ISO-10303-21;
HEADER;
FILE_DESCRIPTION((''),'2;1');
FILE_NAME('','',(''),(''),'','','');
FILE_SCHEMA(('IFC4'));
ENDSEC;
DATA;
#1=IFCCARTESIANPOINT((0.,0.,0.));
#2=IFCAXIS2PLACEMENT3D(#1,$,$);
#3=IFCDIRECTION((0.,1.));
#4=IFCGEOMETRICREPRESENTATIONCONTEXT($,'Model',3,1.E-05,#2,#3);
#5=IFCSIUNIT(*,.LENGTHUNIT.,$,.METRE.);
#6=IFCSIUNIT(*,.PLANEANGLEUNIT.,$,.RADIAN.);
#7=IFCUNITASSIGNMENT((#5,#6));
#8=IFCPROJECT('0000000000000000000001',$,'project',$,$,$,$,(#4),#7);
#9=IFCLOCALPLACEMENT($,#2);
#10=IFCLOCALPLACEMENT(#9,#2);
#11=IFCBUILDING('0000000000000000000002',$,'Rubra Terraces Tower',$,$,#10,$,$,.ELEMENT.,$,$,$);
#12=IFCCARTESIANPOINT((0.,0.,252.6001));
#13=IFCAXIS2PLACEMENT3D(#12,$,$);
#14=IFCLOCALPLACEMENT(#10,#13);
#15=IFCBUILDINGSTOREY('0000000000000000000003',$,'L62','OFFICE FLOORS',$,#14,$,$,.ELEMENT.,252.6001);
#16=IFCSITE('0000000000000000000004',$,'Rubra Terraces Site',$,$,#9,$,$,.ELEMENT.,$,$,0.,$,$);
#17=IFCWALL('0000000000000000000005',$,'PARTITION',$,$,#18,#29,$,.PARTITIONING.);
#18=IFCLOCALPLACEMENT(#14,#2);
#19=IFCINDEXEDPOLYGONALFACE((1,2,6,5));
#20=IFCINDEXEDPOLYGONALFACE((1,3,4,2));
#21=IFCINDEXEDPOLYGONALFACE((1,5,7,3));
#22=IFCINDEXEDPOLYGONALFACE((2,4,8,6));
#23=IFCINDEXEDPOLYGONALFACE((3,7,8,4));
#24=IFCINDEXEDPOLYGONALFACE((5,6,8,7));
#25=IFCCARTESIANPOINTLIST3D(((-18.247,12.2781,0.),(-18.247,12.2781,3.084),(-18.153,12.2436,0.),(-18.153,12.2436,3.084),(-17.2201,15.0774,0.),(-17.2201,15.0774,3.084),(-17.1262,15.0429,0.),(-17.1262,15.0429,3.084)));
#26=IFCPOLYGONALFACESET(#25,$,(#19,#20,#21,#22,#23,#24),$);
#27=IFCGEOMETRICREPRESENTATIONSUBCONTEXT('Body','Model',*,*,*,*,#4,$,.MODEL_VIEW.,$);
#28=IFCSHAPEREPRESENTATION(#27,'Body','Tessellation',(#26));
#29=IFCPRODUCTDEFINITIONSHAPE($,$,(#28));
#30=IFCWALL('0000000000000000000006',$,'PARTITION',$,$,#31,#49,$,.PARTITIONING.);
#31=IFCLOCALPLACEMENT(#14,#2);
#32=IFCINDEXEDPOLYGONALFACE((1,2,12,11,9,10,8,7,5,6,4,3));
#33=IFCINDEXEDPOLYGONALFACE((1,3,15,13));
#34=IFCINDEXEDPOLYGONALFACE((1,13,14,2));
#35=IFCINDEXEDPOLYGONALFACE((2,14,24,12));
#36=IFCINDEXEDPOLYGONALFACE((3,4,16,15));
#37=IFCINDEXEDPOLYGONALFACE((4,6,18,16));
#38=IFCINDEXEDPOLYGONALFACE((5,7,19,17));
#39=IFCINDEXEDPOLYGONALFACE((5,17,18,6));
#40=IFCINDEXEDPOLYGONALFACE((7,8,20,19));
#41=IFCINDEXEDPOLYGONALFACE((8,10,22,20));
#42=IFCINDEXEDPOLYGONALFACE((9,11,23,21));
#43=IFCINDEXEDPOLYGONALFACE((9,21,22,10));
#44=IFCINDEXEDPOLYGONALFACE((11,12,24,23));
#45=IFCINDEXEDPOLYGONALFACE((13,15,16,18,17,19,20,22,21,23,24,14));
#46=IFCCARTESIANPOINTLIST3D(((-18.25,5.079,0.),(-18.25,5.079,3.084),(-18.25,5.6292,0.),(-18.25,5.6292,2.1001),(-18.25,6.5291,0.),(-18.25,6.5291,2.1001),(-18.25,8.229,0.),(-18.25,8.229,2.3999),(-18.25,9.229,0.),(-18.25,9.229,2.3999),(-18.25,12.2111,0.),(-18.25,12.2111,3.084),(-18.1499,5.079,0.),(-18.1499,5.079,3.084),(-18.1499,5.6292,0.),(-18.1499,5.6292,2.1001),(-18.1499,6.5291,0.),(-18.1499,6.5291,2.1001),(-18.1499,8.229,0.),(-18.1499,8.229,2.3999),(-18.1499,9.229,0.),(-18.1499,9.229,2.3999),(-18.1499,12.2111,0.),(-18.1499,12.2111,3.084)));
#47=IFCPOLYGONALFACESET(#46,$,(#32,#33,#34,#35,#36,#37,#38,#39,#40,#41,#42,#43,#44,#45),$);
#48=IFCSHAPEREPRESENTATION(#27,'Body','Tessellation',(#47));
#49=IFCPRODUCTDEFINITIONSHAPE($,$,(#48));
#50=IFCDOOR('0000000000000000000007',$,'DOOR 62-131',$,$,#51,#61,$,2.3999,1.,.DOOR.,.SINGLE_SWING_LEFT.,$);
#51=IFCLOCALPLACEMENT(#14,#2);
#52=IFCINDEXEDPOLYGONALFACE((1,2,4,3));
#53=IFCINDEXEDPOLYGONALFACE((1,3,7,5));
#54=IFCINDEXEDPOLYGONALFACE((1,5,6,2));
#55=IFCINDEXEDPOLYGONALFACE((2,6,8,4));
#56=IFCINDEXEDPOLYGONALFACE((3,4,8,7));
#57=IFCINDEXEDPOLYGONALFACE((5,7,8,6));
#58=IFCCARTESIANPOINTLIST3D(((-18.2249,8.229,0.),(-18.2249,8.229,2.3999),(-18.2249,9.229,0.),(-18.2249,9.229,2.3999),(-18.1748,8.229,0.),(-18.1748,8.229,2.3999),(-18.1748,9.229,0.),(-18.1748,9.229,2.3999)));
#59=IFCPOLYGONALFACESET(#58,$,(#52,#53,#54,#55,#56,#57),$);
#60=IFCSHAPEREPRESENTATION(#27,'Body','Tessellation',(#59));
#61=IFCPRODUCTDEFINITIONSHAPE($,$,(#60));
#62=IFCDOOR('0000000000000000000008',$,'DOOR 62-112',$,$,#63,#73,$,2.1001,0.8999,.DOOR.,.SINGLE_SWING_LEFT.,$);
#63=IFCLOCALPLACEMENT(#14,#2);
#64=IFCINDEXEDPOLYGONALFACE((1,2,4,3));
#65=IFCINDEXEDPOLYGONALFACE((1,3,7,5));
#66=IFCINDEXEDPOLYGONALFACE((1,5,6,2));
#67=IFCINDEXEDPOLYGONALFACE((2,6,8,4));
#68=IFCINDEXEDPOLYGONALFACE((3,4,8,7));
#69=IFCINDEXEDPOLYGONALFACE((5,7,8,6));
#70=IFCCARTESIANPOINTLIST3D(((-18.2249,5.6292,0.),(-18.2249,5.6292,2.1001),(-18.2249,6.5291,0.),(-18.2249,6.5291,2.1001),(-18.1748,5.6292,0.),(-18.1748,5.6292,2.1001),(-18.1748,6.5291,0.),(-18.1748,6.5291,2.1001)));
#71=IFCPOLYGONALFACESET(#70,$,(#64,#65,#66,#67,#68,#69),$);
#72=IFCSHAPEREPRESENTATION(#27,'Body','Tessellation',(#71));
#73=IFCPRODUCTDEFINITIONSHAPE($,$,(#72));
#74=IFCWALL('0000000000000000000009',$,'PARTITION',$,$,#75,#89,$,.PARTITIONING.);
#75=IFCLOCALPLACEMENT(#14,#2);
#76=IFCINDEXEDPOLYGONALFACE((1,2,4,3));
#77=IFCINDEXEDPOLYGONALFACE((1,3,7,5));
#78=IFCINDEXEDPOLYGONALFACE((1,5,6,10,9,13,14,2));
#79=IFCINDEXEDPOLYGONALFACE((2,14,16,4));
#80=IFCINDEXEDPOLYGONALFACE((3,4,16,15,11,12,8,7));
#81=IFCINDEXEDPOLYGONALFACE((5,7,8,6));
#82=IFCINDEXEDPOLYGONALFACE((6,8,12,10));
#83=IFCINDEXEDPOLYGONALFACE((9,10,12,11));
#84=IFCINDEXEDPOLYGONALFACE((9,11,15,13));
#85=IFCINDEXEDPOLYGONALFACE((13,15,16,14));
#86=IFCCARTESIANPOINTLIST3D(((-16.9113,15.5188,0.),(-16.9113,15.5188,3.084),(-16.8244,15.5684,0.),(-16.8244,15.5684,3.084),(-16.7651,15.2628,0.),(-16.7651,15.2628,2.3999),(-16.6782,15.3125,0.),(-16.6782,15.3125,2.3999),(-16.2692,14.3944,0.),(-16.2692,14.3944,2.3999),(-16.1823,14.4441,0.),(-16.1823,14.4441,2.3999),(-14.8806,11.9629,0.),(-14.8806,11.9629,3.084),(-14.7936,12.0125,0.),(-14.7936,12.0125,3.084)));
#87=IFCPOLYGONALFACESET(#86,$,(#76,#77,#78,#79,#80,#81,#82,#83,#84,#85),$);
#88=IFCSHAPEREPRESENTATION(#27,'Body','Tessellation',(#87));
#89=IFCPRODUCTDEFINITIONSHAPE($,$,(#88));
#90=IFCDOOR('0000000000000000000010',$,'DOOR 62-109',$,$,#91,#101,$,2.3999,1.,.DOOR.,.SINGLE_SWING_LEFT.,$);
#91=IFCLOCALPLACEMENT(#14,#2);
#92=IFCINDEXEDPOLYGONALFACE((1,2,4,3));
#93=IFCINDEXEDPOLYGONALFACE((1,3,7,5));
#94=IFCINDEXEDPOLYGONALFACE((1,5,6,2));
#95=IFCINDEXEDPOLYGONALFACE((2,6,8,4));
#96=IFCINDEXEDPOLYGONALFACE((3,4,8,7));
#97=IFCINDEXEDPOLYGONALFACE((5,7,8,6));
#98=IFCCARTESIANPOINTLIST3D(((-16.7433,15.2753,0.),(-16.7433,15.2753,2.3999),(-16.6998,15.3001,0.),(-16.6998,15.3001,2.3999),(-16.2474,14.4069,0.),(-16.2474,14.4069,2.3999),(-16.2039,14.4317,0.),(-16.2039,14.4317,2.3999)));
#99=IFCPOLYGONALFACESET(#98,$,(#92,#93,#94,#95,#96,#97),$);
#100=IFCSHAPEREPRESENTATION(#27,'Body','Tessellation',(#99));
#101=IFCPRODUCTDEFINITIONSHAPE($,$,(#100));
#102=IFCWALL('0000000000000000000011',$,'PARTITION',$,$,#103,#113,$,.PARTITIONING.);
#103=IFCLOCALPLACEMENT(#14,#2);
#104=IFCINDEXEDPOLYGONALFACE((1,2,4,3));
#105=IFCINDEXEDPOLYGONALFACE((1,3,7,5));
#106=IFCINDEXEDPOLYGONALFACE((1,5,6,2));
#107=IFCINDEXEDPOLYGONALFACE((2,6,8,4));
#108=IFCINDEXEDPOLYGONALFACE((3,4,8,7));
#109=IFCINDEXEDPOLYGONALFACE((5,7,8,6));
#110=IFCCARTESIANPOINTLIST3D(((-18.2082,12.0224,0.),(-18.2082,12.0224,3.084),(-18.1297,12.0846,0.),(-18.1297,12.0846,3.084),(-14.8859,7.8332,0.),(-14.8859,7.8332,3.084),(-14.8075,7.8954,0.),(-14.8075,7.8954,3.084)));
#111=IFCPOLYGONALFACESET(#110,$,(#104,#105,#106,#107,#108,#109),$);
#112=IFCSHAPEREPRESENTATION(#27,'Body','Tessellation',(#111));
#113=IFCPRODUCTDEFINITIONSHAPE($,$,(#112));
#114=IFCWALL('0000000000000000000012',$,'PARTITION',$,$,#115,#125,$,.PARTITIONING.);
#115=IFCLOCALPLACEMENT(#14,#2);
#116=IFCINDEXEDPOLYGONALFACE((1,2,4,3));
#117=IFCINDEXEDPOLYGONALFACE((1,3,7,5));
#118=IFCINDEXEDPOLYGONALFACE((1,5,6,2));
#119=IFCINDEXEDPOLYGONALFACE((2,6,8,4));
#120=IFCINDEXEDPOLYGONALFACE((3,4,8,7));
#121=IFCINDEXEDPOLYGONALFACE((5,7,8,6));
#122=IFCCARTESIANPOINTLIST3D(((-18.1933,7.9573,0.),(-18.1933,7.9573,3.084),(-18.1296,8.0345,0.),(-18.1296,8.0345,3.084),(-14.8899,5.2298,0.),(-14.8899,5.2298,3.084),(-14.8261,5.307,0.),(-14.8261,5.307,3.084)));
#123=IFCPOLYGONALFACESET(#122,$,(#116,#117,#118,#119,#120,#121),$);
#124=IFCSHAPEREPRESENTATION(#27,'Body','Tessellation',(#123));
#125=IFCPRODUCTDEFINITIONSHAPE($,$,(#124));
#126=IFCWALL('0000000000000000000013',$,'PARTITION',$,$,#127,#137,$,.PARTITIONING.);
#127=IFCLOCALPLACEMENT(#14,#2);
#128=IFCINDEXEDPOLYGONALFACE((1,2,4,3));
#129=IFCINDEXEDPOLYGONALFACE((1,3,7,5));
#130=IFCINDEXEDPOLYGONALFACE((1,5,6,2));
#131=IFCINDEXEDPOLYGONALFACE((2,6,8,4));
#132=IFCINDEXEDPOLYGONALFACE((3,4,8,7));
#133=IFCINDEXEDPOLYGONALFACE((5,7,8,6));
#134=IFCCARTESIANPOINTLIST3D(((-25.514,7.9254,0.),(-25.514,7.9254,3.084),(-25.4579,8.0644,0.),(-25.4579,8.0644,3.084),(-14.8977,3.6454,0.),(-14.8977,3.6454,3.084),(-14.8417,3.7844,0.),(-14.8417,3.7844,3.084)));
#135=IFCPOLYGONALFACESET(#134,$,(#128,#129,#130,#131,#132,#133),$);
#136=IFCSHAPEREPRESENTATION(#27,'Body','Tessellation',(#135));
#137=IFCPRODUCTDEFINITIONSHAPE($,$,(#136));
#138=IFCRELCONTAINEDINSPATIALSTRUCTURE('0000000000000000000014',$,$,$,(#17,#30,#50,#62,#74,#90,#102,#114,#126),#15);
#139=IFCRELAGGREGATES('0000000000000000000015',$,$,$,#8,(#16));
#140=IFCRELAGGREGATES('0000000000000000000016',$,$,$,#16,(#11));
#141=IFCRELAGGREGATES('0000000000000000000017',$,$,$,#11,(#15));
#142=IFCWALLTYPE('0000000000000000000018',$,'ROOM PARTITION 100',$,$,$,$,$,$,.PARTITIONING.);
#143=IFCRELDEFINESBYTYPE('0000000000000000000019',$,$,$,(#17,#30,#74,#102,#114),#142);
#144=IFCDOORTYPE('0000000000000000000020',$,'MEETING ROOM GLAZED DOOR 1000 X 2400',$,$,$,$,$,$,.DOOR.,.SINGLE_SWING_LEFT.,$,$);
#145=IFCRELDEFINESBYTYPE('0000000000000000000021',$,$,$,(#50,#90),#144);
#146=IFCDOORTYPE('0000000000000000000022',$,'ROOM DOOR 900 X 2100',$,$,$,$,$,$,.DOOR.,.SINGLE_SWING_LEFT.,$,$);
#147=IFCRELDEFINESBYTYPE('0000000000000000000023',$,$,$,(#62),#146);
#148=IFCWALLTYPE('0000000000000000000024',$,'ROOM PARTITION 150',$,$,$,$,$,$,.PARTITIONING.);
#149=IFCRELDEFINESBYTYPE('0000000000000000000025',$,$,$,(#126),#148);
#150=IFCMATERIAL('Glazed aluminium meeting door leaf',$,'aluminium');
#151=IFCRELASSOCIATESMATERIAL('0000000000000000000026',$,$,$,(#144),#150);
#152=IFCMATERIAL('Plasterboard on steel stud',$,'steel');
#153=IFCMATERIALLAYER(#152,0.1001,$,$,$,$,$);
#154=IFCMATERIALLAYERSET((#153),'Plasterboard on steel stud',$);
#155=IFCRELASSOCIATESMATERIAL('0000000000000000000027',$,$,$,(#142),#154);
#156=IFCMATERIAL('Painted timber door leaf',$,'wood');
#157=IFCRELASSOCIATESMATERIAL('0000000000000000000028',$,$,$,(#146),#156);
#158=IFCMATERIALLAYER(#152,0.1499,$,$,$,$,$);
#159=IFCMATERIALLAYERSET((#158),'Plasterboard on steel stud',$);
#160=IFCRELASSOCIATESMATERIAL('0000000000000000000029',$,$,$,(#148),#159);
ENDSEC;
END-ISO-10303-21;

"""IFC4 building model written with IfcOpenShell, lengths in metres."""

from ifc_helpers import new_model, si_unit, direction, frame, frame_2d, origin, place, context, subcontext, project, spatial, rectangle, extrude, material, layer, layer_set, type_object, element, fill, save


model = new_model("IFC4")

# Units and contexts
model_context = context("Model", 3, precision=1e-05, world=origin(), true_north=direction((0.0, 1.0)))
body_context = subcontext(model_context, "Body", "Model", "MODEL_VIEW")
ifc_project = project(units=[si_unit("LENGTHUNIT", "METRE"), si_unit("PLANEANGLEUNIT", "RADIAN")], contexts=[model_context])

# Site, building, storey
site_placement = place(None, origin())
site = spatial("IfcSite", under=ifc_project, at=site_placement, Name="Rubra Terraces Site", CompositionType="ELEMENT", RefElevation=0.0)
building_placement = place(site_placement, origin())
building = spatial("IfcBuilding", under=site, at=building_placement, Name="Rubra Terraces Tower", CompositionType="ELEMENT")
storey_placement = place(building_placement, frame((0.0, 0.0, 252.6001)))
storey = spatial("IfcBuildingStorey", under=building, at=storey_placement, Name="L62", Description="OFFICE FLOORS", CompositionType="ELEMENT", Elevation=252.6001)

# Shared definitions
ifc_material_1 = material(Name="Glazed aluminium meeting door leaf", Category="aluminium")
door_type_1 = type_object("IfcDoorType", Name="MEETING ROOM GLAZED DOOR 1000 X 2400", OperationType="SINGLE_SWING_LEFT", PredefinedType="DOOR", material=ifc_material_1)
ifc_material_2 = material(Name="Painted timber door leaf", Category="wood")

# Wall
ifc_material_3 = material(Name="Plasterboard on steel stud", Category="steel")
ifc_layer_1 = layer(ifc_material_3, 0.1001)
ifc_layer_set_1 = layer_set([ifc_layer_1], Name="Plasterboard on steel stud")
wall_type_1 = type_object("IfcWallType", Name="ROOM PARTITION 100", PredefinedType="PARTITIONING", material=ifc_layer_set_1)
wall_1_placement = place(storey_placement, frame((-18.2, 12.261, 0.0), z_axis=(0.0, 0.0, 1.0), x_axis=(0.344385, 0.938829, 0.0)))
element("IfcWall", 1, at=wall_1_placement, inside=storey, type_object=wall_type_1, Name="PARTITION", PredefinedType="PARTITIONING", context=body_context, shape_type="SweptSolid", body=[
    extrude(rectangle(XDim=2.9817, YDim=0.1001, at=frame_2d((1.4907, 0.0))), origin(), (0.0, 0.0, 1.0), 3.084),
])

# Wall, openings, doors
wall_2_placement = place(storey_placement, frame((-18.2, 5.0791, 0.0), z_axis=(0.0, 0.0, 1.0), x_axis=(0.0, 1.0, 0.0)))
wall_2 = element("IfcWall", 2, at=wall_2_placement, inside=storey, type_object=wall_type_1, Name="PARTITION", PredefinedType="PARTITIONING", context=body_context, shape_type="SweptSolid", body=[
    extrude(rectangle(XDim=7.1321, YDim=0.1001, at=frame_2d((3.5659, 0.0))), origin(), (0.0, 0.0, 1.0), 3.084),
])
opening_1_placement = place(wall_2_placement, frame((0.55, 0.0, 0.0)))
opening_1 = element("IfcOpeningElement", 3, at=opening_1_placement, cuts=wall_2, PredefinedType="OPENING", context=body_context, shape_type="SweptSolid", body=[
    extrude(rectangle(XDim=0.8999, YDim=2.1001, at=frame_2d((0.45, 1.05))), frame((0.0, 0.0601, 0.0), z_axis=(0.0, -1.0, 0.0), x_axis=(1.0, 0.0, 0.0)), (0.0, 0.0, 1.0), 0.1201),
])
opening_2_placement = place(wall_2_placement, frame((3.1499, 0.0, 0.0)))
opening_2 = element("IfcOpeningElement", 4, at=opening_2_placement, cuts=wall_2, PredefinedType="OPENING", context=body_context, shape_type="SweptSolid", body=[
    extrude(rectangle(XDim=1.0, YDim=2.3999, at=frame_2d((0.5, 1.2))), frame((0.0, 0.0601, 0.0), z_axis=(0.0, -1.0, 0.0), x_axis=(1.0, 0.0, 0.0)), (0.0, 0.0, 1.0), 0.1201),
])
door_1_placement = place(opening_2_placement, origin())
door_1 = element("IfcDoor", 5, at=door_1_placement, inside=storey, type_object=door_type_1, Name="DOOR 62-131", OperationType="SINGLE_SWING_LEFT", OverallHeight=2.3999, OverallWidth=1.0, PredefinedType="DOOR", context=body_context, shape_type="SweptSolid", body=[
    extrude(rectangle(XDim=1.0, YDim=2.3999, at=frame_2d((0.5, 1.2))), frame((0.0, 0.0249, 0.0), z_axis=(0.0, -1.0, 0.0), x_axis=(1.0, 0.0, 0.0)), (0.0, 0.0, 1.0), 0.05),
])
fill(opening_2, door_1)
door_type_2 = type_object("IfcDoorType", Name="ROOM DOOR 900 X 2100", OperationType="SINGLE_SWING_LEFT", PredefinedType="DOOR", material=ifc_material_2)
door_2_placement = place(opening_1_placement, origin())
door_2 = element("IfcDoor", 6, at=door_2_placement, inside=storey, type_object=door_type_2, Name="DOOR 62-112", OperationType="SINGLE_SWING_LEFT", OverallHeight=2.1001, OverallWidth=0.8999, PredefinedType="DOOR", context=body_context, shape_type="SweptSolid", body=[
    extrude(rectangle(XDim=0.8999, YDim=2.1001, at=frame_2d((0.45, 1.05))), frame((0.0, 0.0249, 0.0), z_axis=(0.0, -1.0, 0.0), x_axis=(1.0, 0.0, 0.0)), (0.0, 0.0, 1.0), 0.05),
])
fill(opening_1, door_2)

# Wall, opening, door
wall_3_placement = place(storey_placement, frame((-14.8372, 11.9878, 0.0), z_axis=(0.0, 0.0, 1.0), x_axis=(-0.495921, 0.868368, 0.0)))
wall_3 = element("IfcWall", 7, at=wall_3_placement, inside=storey, type_object=wall_type_1, Name="PARTITION", PredefinedType="PARTITIONING", context=body_context, shape_type="SweptSolid", body=[
    extrude(rectangle(XDim=4.095, YDim=0.1001, at=frame_2d((2.0474, 0.0))), origin(), (0.0, 0.0, 1.0), 3.084),
])
opening_3_placement = place(wall_3_placement, frame((2.8, 0.0, 0.0)))
opening_3 = element("IfcOpeningElement", 8, at=opening_3_placement, cuts=wall_3, PredefinedType="OPENING", context=body_context, shape_type="SweptSolid", body=[
    extrude(rectangle(XDim=1.0, YDim=2.3999, at=frame_2d((0.5, 1.2))), frame((0.0, 0.0601, 0.0), z_axis=(0.0, -1.0, 0.0), x_axis=(1.0, 0.0, 0.0)), (0.0, 0.0, 1.0), 0.1201),
])
door_3_placement = place(opening_3_placement, origin())
door_3 = element("IfcDoor", 9, at=door_3_placement, inside=storey, type_object=door_type_1, Name="DOOR 62-109", OperationType="SINGLE_SWING_LEFT", OverallHeight=2.3999, OverallWidth=1.0, PredefinedType="DOOR", context=body_context, shape_type="SweptSolid", body=[
    extrude(rectangle(XDim=1.0, YDim=2.3999, at=frame_2d((0.5, 1.2))), frame((0.0, 0.0249, 0.0), z_axis=(0.0, -1.0, 0.0), x_axis=(1.0, 0.0, 0.0)), (0.0, 0.0, 1.0), 0.05),
])
fill(opening_3, door_3)

# Walls
wall_4_placement = place(storey_placement, frame((-14.8467, 7.8643, 0.0), z_axis=(0.0, 0.0, 1.0), x_axis=(-0.621371, 0.783517, 0.0)))
element("IfcWall", 10, at=wall_4_placement, inside=storey, type_object=wall_type_1, Name="PARTITION", PredefinedType="PARTITIONING", context=body_context, shape_type="SweptSolid", body=[
    extrude(rectangle(XDim=5.3467, YDim=0.1001, at=frame_2d((2.6733, 0.0))), origin(), (0.0, 0.0, 1.0), 3.084),
])
wall_5_placement = place(storey_placement, frame((-14.8579, 5.2683, 0.0), z_axis=(0.0, 0.0, 1.0), x_axis=(-0.771124, 0.636686, 0.0)))
element("IfcWall", 11, at=wall_5_placement, inside=storey, type_object=wall_type_1, Name="PARTITION", PredefinedType="PARTITIONING", context=body_context, shape_type="SweptSolid", body=[
    extrude(rectangle(XDim=4.2839, YDim=0.1001, at=frame_2d((2.1421, 0.0))), origin(), (0.0, 0.0, 1.0), 3.084),
])
ifc_layer_2 = layer(ifc_material_3, 0.1499)
ifc_layer_set_2 = layer_set([ifc_layer_2], Name="Plasterboard on steel stud")
wall_type_2 = type_object("IfcWallType", Name="ROOM PARTITION 150", PredefinedType="PARTITIONING", material=ifc_layer_set_2)
wall_6_placement = place(storey_placement, frame((-25.4858, 7.9949, 0.0), z_axis=(0.0, 0.0, 1.0), x_axis=(0.927463, -0.373916, 0.0)))
element("IfcWall", 12, at=wall_6_placement, inside=storey, type_object=wall_type_2, Name="PARTITION", PredefinedType="PARTITIONING", context=body_context, shape_type="SweptSolid", body=[
    extrude(rectangle(XDim=11.4465, YDim=0.1499, at=frame_2d((5.7231, 0.0))), origin(), (0.0, 0.0, 1.0), 3.084),
])

save(model, "model.ifc")
